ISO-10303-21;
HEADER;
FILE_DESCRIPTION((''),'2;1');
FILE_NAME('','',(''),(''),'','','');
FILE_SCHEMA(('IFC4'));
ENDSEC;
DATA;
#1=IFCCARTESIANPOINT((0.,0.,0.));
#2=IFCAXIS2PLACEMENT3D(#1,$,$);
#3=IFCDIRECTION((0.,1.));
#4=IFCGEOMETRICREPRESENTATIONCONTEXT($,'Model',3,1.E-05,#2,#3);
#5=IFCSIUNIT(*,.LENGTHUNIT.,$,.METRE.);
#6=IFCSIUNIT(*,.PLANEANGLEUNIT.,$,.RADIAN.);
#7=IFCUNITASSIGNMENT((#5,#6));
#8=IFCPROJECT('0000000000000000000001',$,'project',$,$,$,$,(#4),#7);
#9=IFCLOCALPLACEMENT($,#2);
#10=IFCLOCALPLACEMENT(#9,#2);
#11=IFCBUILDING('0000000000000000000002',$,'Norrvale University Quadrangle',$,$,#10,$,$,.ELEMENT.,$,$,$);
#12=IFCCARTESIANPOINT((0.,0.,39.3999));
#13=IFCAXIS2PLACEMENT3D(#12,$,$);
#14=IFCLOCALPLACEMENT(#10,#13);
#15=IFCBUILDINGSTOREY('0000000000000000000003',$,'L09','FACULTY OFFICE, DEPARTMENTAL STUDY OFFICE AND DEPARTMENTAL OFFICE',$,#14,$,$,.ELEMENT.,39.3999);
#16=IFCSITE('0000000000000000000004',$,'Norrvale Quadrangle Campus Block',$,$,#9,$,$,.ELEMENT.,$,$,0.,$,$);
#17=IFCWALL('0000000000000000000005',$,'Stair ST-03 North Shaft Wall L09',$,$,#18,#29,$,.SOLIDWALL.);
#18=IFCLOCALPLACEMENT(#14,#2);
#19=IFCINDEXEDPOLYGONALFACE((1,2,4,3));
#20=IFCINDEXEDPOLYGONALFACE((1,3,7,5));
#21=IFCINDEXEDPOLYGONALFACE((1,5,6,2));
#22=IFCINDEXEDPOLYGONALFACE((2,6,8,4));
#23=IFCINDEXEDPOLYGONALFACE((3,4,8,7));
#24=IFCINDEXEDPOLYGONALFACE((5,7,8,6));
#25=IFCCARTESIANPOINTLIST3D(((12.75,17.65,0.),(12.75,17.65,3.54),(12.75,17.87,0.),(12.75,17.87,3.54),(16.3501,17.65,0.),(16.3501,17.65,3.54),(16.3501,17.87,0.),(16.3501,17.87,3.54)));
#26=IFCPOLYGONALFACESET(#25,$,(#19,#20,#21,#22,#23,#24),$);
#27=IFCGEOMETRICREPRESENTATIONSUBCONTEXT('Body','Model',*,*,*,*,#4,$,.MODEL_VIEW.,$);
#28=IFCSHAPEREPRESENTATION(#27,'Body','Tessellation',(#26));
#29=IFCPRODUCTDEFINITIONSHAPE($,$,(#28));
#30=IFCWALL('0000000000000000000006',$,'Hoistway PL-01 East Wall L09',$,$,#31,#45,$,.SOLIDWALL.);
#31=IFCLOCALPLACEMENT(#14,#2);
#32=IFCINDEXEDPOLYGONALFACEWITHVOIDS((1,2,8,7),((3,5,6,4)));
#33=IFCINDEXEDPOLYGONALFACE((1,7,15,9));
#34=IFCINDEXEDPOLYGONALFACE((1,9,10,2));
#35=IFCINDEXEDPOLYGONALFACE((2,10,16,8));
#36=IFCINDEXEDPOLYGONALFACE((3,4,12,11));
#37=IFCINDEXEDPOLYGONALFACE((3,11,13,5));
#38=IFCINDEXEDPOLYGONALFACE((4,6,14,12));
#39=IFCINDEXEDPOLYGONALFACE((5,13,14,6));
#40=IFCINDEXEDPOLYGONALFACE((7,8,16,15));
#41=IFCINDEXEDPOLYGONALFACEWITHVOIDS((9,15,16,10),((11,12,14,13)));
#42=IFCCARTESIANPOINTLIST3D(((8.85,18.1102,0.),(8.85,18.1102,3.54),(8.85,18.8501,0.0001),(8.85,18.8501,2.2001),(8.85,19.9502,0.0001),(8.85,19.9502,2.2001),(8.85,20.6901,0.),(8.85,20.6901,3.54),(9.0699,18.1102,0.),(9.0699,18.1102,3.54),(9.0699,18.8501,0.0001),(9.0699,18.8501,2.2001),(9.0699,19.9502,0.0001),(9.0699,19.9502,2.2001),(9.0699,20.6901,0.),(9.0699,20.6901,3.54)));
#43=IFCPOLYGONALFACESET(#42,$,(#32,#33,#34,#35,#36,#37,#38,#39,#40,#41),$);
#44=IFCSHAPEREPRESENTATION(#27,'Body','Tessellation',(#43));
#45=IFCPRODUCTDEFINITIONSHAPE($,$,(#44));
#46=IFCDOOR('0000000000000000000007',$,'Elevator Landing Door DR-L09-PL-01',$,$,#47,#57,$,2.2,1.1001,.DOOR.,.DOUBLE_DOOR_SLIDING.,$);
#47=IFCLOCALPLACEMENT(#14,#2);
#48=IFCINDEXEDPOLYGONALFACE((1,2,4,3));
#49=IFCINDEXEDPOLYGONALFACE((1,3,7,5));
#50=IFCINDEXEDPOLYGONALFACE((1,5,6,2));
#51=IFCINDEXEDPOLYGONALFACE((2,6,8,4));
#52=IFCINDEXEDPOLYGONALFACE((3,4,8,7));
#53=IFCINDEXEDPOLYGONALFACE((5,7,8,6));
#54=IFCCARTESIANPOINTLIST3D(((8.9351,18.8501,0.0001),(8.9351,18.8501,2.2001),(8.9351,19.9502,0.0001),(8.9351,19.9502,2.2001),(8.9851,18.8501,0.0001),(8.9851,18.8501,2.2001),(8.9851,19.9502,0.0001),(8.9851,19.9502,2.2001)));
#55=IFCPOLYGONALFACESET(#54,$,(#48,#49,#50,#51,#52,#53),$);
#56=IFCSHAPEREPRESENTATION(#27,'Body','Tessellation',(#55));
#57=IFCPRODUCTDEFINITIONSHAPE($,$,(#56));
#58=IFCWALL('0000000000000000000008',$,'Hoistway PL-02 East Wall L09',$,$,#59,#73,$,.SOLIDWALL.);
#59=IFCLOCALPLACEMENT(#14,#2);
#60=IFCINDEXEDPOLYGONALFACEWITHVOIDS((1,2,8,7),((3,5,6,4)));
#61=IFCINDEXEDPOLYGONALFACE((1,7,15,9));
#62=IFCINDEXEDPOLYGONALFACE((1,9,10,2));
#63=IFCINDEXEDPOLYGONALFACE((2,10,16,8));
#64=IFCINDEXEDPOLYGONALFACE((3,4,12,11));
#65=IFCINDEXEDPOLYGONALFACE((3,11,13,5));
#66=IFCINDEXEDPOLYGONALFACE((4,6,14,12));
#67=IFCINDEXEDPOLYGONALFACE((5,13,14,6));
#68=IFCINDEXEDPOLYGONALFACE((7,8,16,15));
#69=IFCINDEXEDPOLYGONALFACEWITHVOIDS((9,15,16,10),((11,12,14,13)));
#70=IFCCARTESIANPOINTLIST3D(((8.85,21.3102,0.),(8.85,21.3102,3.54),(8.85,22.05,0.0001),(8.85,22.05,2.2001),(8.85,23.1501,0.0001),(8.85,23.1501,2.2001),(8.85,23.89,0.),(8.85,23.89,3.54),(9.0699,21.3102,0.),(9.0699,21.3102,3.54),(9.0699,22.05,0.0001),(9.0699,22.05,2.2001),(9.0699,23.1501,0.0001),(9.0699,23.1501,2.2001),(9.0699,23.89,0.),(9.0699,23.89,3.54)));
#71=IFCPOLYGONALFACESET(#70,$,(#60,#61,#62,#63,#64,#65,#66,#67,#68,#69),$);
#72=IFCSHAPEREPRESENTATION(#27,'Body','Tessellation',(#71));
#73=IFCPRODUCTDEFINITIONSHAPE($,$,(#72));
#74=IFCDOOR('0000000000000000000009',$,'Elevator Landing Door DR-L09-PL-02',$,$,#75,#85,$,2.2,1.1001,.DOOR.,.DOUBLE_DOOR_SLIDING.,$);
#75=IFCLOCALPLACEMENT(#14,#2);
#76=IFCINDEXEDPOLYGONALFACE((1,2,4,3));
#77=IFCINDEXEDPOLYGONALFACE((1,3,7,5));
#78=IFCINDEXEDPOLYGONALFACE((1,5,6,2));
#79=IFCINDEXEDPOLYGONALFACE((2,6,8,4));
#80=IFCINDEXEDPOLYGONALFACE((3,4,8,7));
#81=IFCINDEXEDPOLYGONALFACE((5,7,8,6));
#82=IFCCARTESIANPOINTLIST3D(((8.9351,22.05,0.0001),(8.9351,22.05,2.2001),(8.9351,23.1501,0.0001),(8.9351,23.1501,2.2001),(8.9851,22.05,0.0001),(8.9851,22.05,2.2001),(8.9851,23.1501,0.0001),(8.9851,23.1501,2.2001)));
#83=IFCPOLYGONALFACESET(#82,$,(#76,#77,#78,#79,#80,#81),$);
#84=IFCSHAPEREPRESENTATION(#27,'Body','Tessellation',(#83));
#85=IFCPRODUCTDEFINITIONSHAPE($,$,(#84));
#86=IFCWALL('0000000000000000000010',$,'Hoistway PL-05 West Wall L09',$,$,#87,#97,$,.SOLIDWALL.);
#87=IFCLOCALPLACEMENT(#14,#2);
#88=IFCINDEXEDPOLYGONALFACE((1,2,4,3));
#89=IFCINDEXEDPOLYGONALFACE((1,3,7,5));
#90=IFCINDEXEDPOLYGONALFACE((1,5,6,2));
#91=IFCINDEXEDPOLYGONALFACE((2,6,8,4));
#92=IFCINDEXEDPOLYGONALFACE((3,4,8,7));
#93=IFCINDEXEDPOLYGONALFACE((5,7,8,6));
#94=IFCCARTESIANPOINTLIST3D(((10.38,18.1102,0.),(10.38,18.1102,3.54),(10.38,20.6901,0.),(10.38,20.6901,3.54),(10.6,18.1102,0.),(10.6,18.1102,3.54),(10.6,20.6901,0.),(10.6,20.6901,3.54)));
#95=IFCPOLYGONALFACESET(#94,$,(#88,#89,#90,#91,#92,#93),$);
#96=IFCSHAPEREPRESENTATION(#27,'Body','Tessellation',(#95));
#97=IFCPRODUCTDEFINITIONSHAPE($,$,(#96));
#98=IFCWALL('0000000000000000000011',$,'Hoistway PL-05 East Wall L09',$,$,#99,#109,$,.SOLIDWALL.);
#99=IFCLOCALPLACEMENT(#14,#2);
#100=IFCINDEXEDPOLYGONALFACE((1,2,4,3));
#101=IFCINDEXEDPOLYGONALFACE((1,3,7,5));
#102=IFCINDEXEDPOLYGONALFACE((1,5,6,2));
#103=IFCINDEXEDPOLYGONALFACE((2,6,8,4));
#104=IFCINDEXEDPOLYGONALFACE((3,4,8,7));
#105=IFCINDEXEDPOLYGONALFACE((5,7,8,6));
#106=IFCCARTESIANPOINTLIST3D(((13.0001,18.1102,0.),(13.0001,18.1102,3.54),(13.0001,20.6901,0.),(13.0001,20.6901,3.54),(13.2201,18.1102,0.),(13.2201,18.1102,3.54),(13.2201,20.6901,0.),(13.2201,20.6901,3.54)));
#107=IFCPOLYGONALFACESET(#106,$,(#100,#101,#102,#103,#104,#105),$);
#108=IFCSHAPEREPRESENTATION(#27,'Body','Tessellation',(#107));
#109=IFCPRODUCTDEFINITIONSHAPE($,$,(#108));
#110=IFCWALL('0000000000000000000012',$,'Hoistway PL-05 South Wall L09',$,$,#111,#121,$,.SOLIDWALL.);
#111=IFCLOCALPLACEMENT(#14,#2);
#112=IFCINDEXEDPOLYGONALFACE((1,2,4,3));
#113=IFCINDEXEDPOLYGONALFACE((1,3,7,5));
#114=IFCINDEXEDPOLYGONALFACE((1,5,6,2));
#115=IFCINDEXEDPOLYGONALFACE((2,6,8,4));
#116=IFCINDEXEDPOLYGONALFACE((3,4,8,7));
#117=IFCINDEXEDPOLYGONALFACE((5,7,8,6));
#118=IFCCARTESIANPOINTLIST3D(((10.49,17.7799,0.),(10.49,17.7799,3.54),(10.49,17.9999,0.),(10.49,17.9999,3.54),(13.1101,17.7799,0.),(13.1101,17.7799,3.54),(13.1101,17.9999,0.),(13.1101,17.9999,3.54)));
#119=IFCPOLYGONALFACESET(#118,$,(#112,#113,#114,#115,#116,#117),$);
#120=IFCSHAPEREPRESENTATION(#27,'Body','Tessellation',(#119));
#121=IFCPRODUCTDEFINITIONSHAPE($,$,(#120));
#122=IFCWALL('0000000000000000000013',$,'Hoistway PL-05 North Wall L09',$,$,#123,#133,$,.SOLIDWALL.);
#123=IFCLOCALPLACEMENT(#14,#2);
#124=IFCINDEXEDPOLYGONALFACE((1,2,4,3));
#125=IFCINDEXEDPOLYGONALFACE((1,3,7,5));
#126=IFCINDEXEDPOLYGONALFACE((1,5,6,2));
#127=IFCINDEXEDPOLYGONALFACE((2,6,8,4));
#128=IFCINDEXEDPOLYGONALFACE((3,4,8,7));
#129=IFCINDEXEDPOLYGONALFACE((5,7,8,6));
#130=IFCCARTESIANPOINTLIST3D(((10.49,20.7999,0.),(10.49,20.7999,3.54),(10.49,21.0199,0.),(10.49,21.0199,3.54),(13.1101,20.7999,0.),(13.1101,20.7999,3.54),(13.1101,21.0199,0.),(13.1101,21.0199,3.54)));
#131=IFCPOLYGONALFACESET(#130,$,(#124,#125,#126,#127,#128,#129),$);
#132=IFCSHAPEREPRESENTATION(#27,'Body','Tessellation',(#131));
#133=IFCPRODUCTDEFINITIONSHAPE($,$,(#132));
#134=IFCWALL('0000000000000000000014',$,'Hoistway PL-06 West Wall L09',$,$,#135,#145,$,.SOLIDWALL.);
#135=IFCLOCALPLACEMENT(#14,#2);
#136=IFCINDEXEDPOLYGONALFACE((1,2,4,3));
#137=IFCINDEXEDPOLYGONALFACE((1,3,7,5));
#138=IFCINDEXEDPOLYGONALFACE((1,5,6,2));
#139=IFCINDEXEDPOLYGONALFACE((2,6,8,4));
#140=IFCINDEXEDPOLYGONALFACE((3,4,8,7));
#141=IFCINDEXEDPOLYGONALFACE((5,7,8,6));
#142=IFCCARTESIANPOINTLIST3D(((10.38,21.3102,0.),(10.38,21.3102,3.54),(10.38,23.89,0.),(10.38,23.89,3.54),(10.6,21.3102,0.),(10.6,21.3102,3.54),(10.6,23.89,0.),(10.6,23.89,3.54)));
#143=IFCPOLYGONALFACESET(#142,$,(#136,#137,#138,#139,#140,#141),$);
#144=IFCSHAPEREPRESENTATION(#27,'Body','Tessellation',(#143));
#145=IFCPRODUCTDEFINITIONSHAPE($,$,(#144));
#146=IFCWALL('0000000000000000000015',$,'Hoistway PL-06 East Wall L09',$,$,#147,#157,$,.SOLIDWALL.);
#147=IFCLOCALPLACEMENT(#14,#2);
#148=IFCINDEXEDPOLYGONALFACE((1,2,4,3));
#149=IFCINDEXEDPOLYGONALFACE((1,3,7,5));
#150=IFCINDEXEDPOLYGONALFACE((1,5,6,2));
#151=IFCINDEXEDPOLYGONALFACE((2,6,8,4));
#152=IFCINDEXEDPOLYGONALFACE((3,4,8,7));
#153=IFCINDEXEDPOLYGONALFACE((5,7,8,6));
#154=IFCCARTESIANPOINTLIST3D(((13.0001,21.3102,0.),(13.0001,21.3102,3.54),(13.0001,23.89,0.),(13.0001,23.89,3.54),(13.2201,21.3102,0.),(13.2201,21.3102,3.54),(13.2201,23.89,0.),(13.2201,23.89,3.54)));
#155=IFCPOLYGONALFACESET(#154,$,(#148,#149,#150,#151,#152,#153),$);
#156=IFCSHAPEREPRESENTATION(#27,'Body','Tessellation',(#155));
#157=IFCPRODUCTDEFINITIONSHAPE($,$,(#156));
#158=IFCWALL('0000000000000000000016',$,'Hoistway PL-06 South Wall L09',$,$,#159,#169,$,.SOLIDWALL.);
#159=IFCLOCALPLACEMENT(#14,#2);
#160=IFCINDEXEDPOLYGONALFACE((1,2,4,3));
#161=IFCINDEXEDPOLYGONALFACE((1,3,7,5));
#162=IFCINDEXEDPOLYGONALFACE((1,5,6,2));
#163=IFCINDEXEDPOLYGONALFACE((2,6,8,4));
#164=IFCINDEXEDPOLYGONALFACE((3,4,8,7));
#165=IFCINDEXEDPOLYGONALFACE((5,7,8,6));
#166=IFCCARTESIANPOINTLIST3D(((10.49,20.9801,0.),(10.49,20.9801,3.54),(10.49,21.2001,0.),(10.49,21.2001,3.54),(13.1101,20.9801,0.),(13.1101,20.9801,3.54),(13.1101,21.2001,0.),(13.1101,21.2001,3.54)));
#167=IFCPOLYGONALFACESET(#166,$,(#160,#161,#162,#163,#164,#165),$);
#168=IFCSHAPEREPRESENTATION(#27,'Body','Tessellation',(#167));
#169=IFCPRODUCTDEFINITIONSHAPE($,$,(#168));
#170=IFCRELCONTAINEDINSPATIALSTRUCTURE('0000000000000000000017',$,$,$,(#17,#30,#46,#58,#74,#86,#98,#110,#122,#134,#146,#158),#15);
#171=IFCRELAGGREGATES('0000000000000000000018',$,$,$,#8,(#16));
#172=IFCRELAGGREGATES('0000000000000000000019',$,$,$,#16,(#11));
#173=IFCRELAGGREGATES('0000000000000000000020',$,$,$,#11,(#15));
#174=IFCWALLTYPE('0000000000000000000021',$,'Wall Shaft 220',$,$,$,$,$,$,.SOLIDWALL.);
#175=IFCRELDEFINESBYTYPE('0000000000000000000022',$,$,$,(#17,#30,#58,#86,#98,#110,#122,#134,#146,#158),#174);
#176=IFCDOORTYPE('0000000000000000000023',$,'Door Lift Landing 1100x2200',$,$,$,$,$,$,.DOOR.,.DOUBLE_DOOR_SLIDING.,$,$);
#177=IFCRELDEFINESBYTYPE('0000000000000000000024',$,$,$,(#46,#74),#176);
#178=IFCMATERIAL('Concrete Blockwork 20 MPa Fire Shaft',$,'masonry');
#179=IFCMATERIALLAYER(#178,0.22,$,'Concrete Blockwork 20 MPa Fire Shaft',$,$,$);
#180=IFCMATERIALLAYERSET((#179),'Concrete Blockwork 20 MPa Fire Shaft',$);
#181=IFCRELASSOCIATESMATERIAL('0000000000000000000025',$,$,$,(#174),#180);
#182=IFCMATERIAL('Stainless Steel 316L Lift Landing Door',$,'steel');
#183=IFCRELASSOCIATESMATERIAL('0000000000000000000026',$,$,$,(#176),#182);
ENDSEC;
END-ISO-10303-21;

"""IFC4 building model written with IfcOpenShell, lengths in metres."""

from ifc_helpers import new_model, si_unit, direction, frame, frame_2d, origin, place, context, subcontext, project, spatial, rectangle, extrude, material, layer, layer_set, type_object, element, fill, save


model = new_model("IFC4")

# Units and contexts
model_context = context("Model", 3, precision=1e-05, world=origin(), true_north=direction((0.0, 1.0)))
body_context = subcontext(model_context, "Body", "Model", "MODEL_VIEW")
ifc_project = project(units=[si_unit("LENGTHUNIT", "METRE"), si_unit("PLANEANGLEUNIT", "RADIAN")], contexts=[model_context])

# Site, building, storey
site_placement = place(None, origin())
site = spatial("IfcSite", under=ifc_project, at=site_placement, Name="Norrvale Quadrangle Campus Block", CompositionType="ELEMENT", RefElevation=0.0)
building_placement = place(site_placement, origin())
building = spatial("IfcBuilding", under=site, at=building_placement, Name="Norrvale University Quadrangle", CompositionType="ELEMENT")
storey_placement = place(building_placement, frame((0.0, 0.0, 39.3999)))
storey = spatial("IfcBuildingStorey", under=building, at=storey_placement, Name="L09", Description="FACULTY OFFICE, DEPARTMENTAL STUDY OFFICE AND DEPARTMENTAL OFFICE", CompositionType="ELEMENT", Elevation=39.3999)

# Wall
ifc_material_1 = material(Name="Concrete Blockwork 20 MPa Fire Shaft", Category="masonry")
ifc_layer_1 = layer(ifc_material_1, 0.22, Name="Concrete Blockwork 20 MPa Fire Shaft")
ifc_layer_set_1 = layer_set([ifc_layer_1], Name="Concrete Blockwork 20 MPa Fire Shaft")
wall_type_1 = type_object("IfcWallType", Name="Wall Shaft 220", PredefinedType="SOLIDWALL", material=ifc_layer_set_1)
wall_1_placement = place(storey_placement, frame((12.75, 17.76, 0.0), z_axis=(0.0, 0.0, 1.0), x_axis=(1.0, 0.0, 0.0)))
element("IfcWall", 1, at=wall_1_placement, inside=storey, type_object=wall_type_1, Name="Stair ST-03 North Shaft Wall L09", PredefinedType="SOLIDWALL", context=body_context, shape_type="SweptSolid", body=[
    extrude(rectangle(XDim=3.6001, YDim=0.22, at=frame_2d((1.8, 0.0))), origin(), (0.0, 0.0, 1.0), 3.54),
])

# Walls, openings, doors
wall_2_placement = place(storey_placement, frame((8.96, 18.1101, 0.0), z_axis=(0.0, 0.0, 1.0), x_axis=(0.0, 1.0, 0.0)))
wall_2 = element("IfcWall", 2, at=wall_2_placement, inside=storey, type_object=wall_type_1, Name="Hoistway PL-01 East Wall L09", PredefinedType="SOLIDWALL", context=body_context, shape_type="SweptSolid", body=[
    extrude(rectangle(XDim=2.5798, YDim=0.22, at=frame_2d((1.29, 0.0))), origin(), (0.0, 0.0, 1.0), 3.54),
])
opening_1_placement = place(wall_2_placement, frame((0.74, 0.0, 0.0)))
opening_1 = element("IfcOpeningElement", 3, at=opening_1_placement, cuts=wall_2, PredefinedType="OPENING", context=body_context, shape_type="SweptSolid", body=[
    extrude(rectangle(XDim=1.1001, YDim=2.2, at=frame_2d((0.55, 1.1001))), frame((0.0, 0.1221, 0.0), z_axis=(0.0, -1.0, 0.0), x_axis=(1.0, 0.0, 0.0)), (0.0, 0.0, 1.0), 0.2439),
])
ifc_material_2 = material(Name="Stainless Steel 316L Lift Landing Door", Category="steel")
door_type_1 = type_object("IfcDoorType", Name="Door Lift Landing 1100x2200", OperationType="DOUBLE_DOOR_SLIDING", PredefinedType="DOOR", material=ifc_material_2)
door_1_placement = place(opening_1_placement, origin())
door_1 = element("IfcDoor", 4, at=door_1_placement, inside=storey, type_object=door_type_1, Name="Elevator Landing Door DR-L09-PL-01", OperationType="DOUBLE_DOOR_SLIDING", OverallHeight=2.2, OverallWidth=1.1001, PredefinedType="DOOR", context=body_context, shape_type="SweptSolid", body=[
    extrude(rectangle(XDim=1.1001, YDim=2.2, at=frame_2d((0.55, 1.1001))), frame((0.0, 0.0249, 0.0), z_axis=(0.0, -1.0, 0.0), x_axis=(1.0, 0.0, 0.0)), (0.0, 0.0, 1.0), 0.05),
])
fill(opening_1, door_1)
wall_3_placement = place(storey_placement, frame((8.96, 21.3101, 0.0), z_axis=(0.0, 0.0, 1.0), x_axis=(0.0, 1.0, 0.0)))
wall_3 = element("IfcWall", 5, at=wall_3_placement, inside=storey, type_object=wall_type_1, Name="Hoistway PL-02 East Wall L09", PredefinedType="SOLIDWALL", context=body_context, shape_type="SweptSolid", body=[
    extrude(rectangle(XDim=2.5798, YDim=0.22, at=frame_2d((1.29, 0.0))), origin(), (0.0, 0.0, 1.0), 3.54),
])
opening_2_placement = place(wall_3_placement, frame((0.74, 0.0, 0.0)))
opening_2 = element("IfcOpeningElement", 6, at=opening_2_placement, cuts=wall_3, PredefinedType="OPENING", context=body_context, shape_type="SweptSolid", body=[
    extrude(rectangle(XDim=1.1001, YDim=2.2, at=frame_2d((0.55, 1.1001))), frame((0.0, 0.1221, 0.0), z_axis=(0.0, -1.0, 0.0), x_axis=(1.0, 0.0, 0.0)), (0.0, 0.0, 1.0), 0.2439),
])
door_2_placement = place(opening_2_placement, origin())
door_2 = element("IfcDoor", 7, at=door_2_placement, inside=storey, type_object=door_type_1, Name="Elevator Landing Door DR-L09-PL-02", OperationType="DOUBLE_DOOR_SLIDING", OverallHeight=2.2, OverallWidth=1.1001, PredefinedType="DOOR", context=body_context, shape_type="SweptSolid", body=[
    extrude(rectangle(XDim=1.1001, YDim=2.2, at=frame_2d((0.55, 1.1001))), frame((0.0, 0.0249, 0.0), z_axis=(0.0, -1.0, 0.0), x_axis=(1.0, 0.0, 0.0)), (0.0, 0.0, 1.0), 0.05),
])
fill(opening_2, door_2)

# Walls
for number, where, z_axis, x_axis, name in (
    (8, (10.49, 18.1101, 0.0), (0.0, 0.0, 1.0), (0.0, 1.0, 0.0), "Hoistway PL-05 West Wall L09"),
    (9, (13.1101, 18.1101, 0.0), (0.0, 0.0, 1.0), (0.0, 1.0, 0.0), "Hoistway PL-05 East Wall L09"),
):
    element("IfcWall", number, at=place(storey_placement, frame(where, z_axis=z_axis, x_axis=x_axis)), inside=storey, type_object=wall_type_1, Name=name, PredefinedType="SOLIDWALL", context=body_context, shape_type="SweptSolid", body=[
        extrude(rectangle(XDim=2.5798, YDim=0.22, at=frame_2d((1.29, 0.0))), origin(), (0.0, 0.0, 1.0), 3.54),
    ])
for number, where, z_axis, x_axis, name in (
    (10, (10.49, 17.8899, 0.0), (0.0, 0.0, 1.0), (1.0, 0.0, 0.0), "Hoistway PL-05 South Wall L09"),
    (11, (10.49, 20.9099, 0.0), (0.0, 0.0, 1.0), (1.0, 0.0, 0.0), "Hoistway PL-05 North Wall L09"),
):
    element("IfcWall", number, at=place(storey_placement, frame(where, z_axis=z_axis, x_axis=x_axis)), inside=storey, type_object=wall_type_1, Name=name, PredefinedType="SOLIDWALL", context=body_context, shape_type="SweptSolid", body=[
        extrude(rectangle(XDim=2.6201, YDim=0.22, at=frame_2d((1.3101, 0.0))), origin(), (0.0, 0.0, 1.0), 3.54),
    ])
for number, where, z_axis, x_axis, name in (
    (12, (10.49, 21.3101, 0.0), (0.0, 0.0, 1.0), (0.0, 1.0, 0.0), "Hoistway PL-06 West Wall L09"),
    (13, (13.1101, 21.3101, 0.0), (0.0, 0.0, 1.0), (0.0, 1.0, 0.0), "Hoistway PL-06 East Wall L09"),
):
    element("IfcWall", number, at=place(storey_placement, frame(where, z_axis=z_axis, x_axis=x_axis)), inside=storey, type_object=wall_type_1, Name=name, PredefinedType="SOLIDWALL", context=body_context, shape_type="SweptSolid", body=[
        extrude(rectangle(XDim=2.5798, YDim=0.22, at=frame_2d((1.29, 0.0))), origin(), (0.0, 0.0, 1.0), 3.54),
    ])
wall_4_placement = place(storey_placement, frame((10.49, 21.0901, 0.0), z_axis=(0.0, 0.0, 1.0), x_axis=(1.0, 0.0, 0.0)))
element("IfcWall", 14, at=wall_4_placement, inside=storey, type_object=wall_type_1, Name="Hoistway PL-06 South Wall L09", PredefinedType="SOLIDWALL", context=body_context, shape_type="SweptSolid", body=[
    extrude(rectangle(XDim=2.6201, YDim=0.22, at=frame_2d((1.3101, 0.0))), origin(), (0.0, 0.0, 1.0), 3.54),
])

save(model, "model.ifc")
